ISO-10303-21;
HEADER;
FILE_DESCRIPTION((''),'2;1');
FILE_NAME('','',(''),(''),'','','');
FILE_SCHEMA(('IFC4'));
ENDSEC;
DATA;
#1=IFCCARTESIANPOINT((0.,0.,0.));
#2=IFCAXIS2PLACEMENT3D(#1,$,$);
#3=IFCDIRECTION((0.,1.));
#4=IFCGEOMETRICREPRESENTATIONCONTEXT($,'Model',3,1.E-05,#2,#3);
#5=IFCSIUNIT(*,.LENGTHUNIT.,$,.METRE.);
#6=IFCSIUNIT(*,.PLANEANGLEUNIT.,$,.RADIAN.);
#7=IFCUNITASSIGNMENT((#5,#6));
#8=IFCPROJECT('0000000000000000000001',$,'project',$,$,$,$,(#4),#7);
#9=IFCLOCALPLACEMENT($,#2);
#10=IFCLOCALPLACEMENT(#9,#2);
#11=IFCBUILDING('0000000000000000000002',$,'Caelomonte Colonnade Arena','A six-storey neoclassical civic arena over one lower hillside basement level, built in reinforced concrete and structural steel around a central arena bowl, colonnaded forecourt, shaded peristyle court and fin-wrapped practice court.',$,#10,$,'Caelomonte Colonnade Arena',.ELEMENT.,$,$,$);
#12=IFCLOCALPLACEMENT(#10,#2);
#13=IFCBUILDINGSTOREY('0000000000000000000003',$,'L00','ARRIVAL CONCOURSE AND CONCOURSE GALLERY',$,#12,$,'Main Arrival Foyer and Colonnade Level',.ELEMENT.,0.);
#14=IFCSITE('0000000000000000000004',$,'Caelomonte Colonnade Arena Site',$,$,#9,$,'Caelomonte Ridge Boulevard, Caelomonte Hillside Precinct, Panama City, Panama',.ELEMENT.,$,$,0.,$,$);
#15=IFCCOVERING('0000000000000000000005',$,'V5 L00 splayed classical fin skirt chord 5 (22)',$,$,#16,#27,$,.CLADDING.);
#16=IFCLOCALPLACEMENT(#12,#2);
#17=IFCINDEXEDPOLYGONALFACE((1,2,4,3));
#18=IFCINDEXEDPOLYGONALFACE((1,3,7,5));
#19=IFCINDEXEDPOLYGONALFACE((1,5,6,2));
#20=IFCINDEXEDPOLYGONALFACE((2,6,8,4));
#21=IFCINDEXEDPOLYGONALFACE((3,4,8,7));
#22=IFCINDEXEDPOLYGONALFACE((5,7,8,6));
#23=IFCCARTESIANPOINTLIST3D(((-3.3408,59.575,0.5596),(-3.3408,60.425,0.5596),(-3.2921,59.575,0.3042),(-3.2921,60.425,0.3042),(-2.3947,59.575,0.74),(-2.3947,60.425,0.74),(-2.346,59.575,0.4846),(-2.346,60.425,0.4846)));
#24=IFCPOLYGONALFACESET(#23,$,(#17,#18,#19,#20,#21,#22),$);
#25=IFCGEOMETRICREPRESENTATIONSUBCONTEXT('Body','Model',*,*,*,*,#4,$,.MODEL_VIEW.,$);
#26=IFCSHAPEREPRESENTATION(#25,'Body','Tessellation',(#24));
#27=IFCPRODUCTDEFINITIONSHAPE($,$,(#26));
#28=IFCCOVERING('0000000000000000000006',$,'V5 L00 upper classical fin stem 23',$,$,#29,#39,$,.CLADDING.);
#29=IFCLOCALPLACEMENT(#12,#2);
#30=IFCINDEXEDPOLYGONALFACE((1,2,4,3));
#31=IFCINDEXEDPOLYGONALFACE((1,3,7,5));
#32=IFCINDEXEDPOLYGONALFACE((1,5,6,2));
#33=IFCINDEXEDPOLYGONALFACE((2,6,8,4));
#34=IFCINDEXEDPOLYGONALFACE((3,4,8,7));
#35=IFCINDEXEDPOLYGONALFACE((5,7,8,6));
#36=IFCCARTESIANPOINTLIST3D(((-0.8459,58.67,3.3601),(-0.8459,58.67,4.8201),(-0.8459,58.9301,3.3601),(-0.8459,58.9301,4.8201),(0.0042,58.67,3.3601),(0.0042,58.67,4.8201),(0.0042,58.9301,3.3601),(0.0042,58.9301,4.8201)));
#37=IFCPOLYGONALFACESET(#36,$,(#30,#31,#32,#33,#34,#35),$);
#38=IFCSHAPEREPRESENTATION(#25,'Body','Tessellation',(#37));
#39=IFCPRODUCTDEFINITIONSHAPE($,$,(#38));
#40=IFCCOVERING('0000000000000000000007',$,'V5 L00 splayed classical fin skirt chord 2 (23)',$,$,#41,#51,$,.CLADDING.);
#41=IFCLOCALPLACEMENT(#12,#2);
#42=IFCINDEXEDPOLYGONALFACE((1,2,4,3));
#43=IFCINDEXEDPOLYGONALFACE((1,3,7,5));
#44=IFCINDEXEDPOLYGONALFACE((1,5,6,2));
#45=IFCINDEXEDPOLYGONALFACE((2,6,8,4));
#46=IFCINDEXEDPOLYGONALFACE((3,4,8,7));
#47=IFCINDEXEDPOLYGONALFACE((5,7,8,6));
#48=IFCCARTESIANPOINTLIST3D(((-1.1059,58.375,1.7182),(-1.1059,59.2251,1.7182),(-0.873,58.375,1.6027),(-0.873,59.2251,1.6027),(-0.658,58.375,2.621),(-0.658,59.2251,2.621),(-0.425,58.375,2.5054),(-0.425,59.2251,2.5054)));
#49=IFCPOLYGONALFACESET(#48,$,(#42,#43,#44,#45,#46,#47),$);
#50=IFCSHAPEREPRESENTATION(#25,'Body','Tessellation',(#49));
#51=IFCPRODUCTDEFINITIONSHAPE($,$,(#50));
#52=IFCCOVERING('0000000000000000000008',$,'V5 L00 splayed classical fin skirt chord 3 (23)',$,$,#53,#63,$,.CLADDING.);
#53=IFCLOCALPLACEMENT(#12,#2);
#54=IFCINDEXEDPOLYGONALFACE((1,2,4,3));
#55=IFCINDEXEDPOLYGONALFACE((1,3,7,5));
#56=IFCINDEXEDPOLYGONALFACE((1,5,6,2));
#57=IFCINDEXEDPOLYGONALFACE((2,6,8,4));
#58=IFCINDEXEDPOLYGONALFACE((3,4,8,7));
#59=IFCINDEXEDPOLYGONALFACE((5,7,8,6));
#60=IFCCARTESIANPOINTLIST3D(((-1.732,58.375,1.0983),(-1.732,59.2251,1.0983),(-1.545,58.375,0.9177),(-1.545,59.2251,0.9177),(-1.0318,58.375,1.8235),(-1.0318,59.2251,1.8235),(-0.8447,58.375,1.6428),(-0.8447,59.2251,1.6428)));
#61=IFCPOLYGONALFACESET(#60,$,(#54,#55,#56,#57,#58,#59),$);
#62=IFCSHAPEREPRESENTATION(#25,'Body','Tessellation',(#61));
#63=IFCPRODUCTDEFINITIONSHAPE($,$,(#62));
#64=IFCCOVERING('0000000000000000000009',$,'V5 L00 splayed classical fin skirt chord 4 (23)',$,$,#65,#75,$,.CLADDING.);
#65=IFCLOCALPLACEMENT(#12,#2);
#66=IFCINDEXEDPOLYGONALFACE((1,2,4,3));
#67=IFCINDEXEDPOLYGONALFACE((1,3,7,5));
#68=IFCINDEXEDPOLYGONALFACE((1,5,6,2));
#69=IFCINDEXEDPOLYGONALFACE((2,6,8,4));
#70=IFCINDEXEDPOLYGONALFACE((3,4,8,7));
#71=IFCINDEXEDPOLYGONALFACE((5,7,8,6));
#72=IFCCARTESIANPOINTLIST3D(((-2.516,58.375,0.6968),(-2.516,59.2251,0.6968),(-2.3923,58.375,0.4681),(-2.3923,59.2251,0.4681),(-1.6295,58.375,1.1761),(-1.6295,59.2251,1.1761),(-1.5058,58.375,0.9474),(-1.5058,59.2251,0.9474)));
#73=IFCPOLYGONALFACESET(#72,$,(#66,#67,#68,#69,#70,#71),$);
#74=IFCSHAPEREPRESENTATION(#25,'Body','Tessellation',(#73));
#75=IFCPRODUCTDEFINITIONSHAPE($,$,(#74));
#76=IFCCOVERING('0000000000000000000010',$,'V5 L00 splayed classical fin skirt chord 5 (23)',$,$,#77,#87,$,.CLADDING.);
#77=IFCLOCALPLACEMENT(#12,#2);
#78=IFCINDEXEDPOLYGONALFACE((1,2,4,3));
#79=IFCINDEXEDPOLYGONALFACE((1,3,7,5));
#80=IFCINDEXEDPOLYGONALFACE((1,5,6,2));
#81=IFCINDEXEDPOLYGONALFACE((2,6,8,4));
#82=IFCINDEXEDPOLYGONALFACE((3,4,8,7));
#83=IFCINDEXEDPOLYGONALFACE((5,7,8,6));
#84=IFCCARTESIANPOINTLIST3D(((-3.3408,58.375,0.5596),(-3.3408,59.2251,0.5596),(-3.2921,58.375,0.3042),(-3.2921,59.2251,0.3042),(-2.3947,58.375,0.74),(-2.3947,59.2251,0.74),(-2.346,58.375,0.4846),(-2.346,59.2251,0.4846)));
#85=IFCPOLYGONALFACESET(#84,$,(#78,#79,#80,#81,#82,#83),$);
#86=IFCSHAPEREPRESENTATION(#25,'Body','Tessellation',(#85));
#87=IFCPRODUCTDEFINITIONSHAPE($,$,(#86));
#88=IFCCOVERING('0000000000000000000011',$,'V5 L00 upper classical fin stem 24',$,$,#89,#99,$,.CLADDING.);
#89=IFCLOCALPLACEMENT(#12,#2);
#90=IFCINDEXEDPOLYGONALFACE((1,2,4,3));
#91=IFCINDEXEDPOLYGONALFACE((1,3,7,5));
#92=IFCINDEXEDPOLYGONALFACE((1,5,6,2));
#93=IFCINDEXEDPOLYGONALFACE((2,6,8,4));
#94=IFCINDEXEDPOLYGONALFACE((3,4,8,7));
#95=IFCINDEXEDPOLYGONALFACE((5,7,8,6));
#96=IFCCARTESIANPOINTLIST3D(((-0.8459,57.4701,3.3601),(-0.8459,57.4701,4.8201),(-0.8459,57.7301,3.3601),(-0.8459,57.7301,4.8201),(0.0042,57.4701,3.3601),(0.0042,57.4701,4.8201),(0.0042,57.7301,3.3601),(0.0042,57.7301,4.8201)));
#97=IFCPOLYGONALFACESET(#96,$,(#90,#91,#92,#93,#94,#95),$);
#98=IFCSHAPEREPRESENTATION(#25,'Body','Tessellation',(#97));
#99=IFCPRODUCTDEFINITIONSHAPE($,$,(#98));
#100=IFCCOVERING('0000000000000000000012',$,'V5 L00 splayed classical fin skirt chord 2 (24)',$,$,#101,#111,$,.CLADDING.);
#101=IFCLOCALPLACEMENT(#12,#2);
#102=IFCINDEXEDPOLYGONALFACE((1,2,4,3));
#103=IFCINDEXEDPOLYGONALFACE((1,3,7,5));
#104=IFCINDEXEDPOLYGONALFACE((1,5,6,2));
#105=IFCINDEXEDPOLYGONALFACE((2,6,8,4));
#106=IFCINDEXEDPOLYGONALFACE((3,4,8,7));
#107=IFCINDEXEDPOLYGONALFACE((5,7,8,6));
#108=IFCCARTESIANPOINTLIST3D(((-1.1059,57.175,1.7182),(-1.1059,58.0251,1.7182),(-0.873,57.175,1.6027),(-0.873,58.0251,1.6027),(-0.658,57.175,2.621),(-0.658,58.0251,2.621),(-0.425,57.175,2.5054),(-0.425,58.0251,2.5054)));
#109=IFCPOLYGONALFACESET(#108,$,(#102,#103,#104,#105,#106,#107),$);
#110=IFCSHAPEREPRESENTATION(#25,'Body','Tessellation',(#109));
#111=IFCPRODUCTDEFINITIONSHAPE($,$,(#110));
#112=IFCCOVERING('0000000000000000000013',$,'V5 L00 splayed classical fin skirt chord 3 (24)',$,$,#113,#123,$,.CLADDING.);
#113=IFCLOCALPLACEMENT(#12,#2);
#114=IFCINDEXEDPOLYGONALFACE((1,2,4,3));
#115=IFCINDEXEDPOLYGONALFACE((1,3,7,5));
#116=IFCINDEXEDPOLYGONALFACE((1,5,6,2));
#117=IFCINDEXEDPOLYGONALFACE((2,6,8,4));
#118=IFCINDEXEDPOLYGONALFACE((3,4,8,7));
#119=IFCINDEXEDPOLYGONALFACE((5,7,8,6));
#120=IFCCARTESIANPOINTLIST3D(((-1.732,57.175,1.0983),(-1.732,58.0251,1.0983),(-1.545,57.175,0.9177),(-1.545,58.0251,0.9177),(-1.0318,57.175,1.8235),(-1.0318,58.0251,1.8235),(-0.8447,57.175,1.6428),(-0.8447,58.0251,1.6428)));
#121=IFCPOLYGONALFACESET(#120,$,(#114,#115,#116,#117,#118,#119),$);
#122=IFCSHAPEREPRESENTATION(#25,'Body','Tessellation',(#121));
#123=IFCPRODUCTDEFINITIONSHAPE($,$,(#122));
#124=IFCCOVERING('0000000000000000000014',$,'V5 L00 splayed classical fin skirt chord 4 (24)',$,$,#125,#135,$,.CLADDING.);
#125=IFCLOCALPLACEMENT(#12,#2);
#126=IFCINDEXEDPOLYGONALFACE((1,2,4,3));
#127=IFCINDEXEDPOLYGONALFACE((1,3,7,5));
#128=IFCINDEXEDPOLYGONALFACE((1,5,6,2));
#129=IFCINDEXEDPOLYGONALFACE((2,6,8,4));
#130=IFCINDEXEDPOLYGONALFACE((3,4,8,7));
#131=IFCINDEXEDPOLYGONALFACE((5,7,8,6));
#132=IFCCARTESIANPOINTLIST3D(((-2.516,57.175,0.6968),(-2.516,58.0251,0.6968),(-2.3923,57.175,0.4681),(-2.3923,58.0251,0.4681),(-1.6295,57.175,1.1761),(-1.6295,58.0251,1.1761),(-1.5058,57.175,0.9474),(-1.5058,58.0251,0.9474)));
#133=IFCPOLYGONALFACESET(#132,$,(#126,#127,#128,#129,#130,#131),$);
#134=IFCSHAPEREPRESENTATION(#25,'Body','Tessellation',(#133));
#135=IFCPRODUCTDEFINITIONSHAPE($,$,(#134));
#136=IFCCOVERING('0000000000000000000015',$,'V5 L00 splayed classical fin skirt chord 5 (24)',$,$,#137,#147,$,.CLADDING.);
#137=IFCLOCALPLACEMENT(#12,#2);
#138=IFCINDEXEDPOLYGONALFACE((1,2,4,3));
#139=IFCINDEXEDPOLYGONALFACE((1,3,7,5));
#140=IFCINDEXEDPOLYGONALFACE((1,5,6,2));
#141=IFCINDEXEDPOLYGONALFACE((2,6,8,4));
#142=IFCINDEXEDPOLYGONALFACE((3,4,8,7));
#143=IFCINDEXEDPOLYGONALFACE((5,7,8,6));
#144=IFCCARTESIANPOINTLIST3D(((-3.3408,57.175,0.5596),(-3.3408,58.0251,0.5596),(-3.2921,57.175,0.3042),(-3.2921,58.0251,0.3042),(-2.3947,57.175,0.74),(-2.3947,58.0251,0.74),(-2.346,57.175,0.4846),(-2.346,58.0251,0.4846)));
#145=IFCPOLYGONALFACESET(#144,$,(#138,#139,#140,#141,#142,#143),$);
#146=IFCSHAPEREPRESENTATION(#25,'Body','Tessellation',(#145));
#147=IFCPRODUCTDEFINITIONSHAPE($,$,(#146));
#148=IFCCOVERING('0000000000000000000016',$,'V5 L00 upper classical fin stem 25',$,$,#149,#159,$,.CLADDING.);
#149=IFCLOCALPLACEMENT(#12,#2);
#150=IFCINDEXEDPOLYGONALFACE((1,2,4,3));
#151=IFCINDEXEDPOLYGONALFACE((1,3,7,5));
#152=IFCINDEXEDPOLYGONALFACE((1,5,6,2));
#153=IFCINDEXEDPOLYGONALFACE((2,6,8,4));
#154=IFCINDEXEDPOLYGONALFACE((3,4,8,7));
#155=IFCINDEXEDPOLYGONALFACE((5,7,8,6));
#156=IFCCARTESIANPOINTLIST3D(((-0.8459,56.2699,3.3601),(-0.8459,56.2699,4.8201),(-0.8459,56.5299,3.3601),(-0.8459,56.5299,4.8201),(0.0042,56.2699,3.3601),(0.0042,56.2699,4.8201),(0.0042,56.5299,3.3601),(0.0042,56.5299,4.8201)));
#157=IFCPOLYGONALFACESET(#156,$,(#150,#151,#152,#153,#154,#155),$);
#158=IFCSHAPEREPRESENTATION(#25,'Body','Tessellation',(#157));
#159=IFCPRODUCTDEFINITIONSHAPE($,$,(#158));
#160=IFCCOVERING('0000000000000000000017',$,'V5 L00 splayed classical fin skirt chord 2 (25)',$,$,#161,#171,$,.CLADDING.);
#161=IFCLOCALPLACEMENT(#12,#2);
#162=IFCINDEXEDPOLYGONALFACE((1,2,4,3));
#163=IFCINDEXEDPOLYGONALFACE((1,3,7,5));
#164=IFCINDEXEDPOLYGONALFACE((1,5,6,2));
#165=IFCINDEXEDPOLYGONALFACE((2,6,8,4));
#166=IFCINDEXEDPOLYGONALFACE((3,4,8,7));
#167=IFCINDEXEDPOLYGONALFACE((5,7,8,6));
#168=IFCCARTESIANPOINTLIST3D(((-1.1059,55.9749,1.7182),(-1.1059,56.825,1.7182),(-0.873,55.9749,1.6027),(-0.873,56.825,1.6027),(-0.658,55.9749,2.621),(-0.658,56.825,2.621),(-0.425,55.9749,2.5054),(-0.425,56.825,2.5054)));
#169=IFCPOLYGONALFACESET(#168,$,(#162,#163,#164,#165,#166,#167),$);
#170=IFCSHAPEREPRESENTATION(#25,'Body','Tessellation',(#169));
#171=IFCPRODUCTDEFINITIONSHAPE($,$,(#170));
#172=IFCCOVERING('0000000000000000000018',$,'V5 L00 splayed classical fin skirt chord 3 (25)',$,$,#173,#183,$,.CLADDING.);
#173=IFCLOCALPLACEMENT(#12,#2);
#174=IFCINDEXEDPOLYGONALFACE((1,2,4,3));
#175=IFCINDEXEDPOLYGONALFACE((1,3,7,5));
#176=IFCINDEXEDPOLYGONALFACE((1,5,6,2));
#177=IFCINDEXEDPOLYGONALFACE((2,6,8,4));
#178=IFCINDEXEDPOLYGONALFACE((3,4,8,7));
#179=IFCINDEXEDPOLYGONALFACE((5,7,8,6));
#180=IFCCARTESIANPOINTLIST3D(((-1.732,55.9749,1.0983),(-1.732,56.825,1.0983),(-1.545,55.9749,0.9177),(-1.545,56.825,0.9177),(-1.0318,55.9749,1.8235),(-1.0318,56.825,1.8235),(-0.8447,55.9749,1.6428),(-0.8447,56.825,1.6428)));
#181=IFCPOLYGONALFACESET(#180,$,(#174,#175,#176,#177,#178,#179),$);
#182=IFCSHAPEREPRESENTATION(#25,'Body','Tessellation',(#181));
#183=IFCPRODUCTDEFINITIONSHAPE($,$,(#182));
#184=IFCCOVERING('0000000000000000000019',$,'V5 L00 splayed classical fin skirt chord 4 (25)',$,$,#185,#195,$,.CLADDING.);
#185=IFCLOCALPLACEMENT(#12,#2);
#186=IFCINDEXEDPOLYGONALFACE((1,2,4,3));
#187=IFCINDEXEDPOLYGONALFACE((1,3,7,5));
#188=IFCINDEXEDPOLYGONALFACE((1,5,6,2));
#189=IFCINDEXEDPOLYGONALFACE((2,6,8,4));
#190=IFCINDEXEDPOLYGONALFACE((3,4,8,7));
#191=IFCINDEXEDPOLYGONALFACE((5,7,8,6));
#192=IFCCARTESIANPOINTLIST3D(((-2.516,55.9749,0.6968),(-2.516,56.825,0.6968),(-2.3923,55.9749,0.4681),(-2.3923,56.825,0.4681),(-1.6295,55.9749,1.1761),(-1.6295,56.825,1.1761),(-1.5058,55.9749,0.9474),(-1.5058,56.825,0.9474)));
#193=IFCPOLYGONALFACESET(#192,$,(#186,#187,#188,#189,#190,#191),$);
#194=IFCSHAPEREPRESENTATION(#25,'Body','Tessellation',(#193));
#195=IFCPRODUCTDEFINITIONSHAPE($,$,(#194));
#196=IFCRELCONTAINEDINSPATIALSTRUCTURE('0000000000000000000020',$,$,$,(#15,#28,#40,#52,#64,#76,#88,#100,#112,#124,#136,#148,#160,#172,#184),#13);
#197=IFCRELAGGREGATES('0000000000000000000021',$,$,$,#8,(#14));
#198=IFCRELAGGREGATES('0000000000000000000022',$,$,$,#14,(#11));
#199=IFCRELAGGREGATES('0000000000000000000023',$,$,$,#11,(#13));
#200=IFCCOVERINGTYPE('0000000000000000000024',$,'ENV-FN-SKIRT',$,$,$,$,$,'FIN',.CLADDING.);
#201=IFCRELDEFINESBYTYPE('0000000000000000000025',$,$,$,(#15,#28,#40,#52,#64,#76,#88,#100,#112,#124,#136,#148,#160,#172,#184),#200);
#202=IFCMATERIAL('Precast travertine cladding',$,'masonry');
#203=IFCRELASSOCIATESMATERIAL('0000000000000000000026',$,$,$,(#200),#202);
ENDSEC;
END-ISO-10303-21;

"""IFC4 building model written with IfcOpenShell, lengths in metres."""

from ifc_helpers import new_model, si_unit, direction, frame, origin, origin_2d, place, context, subcontext, project, spatial, rectangle, extrude, material, material_profile, profile_set, type_object, element, save


model = new_model("IFC4")

# Units and contexts
model_context = context("Model", 3, precision=1e-05, world=origin(), true_north=direction((0.0, 1.0)))
body_context = subcontext(model_context, "Body", "Model", "MODEL_VIEW")
ifc_project = project(units=[si_unit("LENGTHUNIT", "METRE"), si_unit("PLANEANGLEUNIT", "RADIAN")], contexts=[model_context])

# Site, building, storey
site_placement = place(None, origin())
site = spatial("IfcSite", under=ifc_project, at=site_placement, Name="Caelomonte Colonnade Arena Site", LongName="Caelomonte Ridge Boulevard, Caelomonte Hillside Precinct, Panama City, Panama", CompositionType="ELEMENT", RefElevation=0.0)
building_placement = place(site_placement, origin())
building = spatial("IfcBuilding", under=site, at=building_placement, Name="Caelomonte Colonnade Arena", Description="A six-storey neoclassical civic arena over one lower hillside basement level, built in reinforced concrete and structural steel around a central arena bowl, colonnaded forecourt, shaded peristyle court and fin-wrapped practice court.", LongName="Caelomonte Colonnade Arena", CompositionType="ELEMENT")
storey_placement = place(building_placement, origin())
storey = spatial("IfcBuildingStorey", under=building, at=storey_placement, Name="L00", Description="ARRIVAL CONCOURSE AND CONCOURSE GALLERY", LongName="Main Arrival Foyer and Colonnade Level", CompositionType="ELEMENT", Elevation=0.0)

# Coverings
ifc_material = material(Name="Precast travertine cladding", Category="masonry")
ifc_material_profile = material_profile(ifc_material, rectangle(XDim=0.26, YDim=0.8501, at=origin_2d()), Name="FIN260X850")
ifc_profile_set = profile_set([ifc_material_profile], Name="Precast travertine cladding")
covering_type = type_object("IfcCoveringType", Name="ENV-FN-SKIRT", ElementType="FIN", PredefinedType="CLADDING", material=ifc_profile_set)
covering_1_placement = place(storey_placement, frame((-2.3704, 60.0, 0.6123), z_axis=(-0.982296, 0.0, -0.187333), x_axis=(-0.187333, 0.0, 0.982296)))
element("IfcCovering", 1, at=covering_1_placement, inside=storey, type_object=covering_type, Name="V5 L00 splayed classical fin skirt chord 5 (22)", PredefinedType="CLADDING", context=body_context, shape_type="SweptSolid", body=[
    extrude(rectangle(XDim=0.26, YDim=0.8501, at=origin_2d()), origin(), (0.0, 0.0, 1.0), 0.9631),
])
covering_2_placement = place(storey_placement, frame((-0.4209, 58.8, 3.3601), z_axis=(0.0, 0.0, 1.0), x_axis=(0.0, 1.0, 0.0)))
element("IfcCovering", 2, at=covering_2_placement, inside=storey, type_object=covering_type, Name="V5 L00 upper classical fin stem 23", PredefinedType="CLADDING", context=body_context, shape_type="SweptSolid", body=[
    extrude(rectangle(XDim=0.26, YDim=0.8501, at=origin_2d()), origin(), (0.0, 0.0, 1.0), 1.46),
])
covering_3_placement = place(storey_placement, frame((-0.5415, 58.8, 2.5632), z_axis=(-0.444499, 0.0, -0.89578), x_axis=(-0.89578, 0.0, 0.444499)))
element("IfcCovering", 3, at=covering_3_placement, inside=storey, type_object=covering_type, Name="V5 L00 splayed classical fin skirt chord 2 (23)", PredefinedType="CLADDING", context=body_context, shape_type="SweptSolid", body=[
    extrude(rectangle(XDim=0.26, YDim=0.8501, at=origin_2d()), origin(), (0.0, 0.0, 1.0), 1.0078),
])
covering_4_placement = place(storey_placement, frame((-0.9382, 58.8, 1.7332), z_axis=(-0.694646, 0.0, -0.719351), x_axis=(-0.719351, 0.0, 0.694646)))
element("IfcCovering", 4, at=covering_4_placement, inside=storey, type_object=covering_type, Name="V5 L00 splayed classical fin skirt chord 3 (23)", PredefinedType="CLADDING", context=body_context, shape_type="SweptSolid", body=[
    extrude(rectangle(XDim=0.26, YDim=0.8501, at=origin_2d()), origin(), (0.0, 0.0, 1.0), 1.0081),
])
covering_5_placement = place(storey_placement, frame((-1.5676, 58.8, 1.0618), z_axis=(-0.879676, 0.0, -0.475573), x_axis=(-0.475573, 0.0, 0.879676)))
element("IfcCovering", 5, at=covering_5_placement, inside=storey, type_object=covering_type, Name="V5 L00 splayed classical fin skirt chord 4 (23)", PredefinedType="CLADDING", context=body_context, shape_type="SweptSolid", body=[
    extrude(rectangle(XDim=0.26, YDim=0.8501, at=origin_2d()), origin(), (0.0, 0.0, 1.0), 1.0078),
])
covering_6_placement = place(storey_placement, frame((-2.3704, 58.8, 0.6123), z_axis=(-0.982296, 0.0, -0.187333), x_axis=(-0.187333, 0.0, 0.982296)))
element("IfcCovering", 6, at=covering_6_placement, inside=storey, type_object=covering_type, Name="V5 L00 splayed classical fin skirt chord 5 (23)", PredefinedType="CLADDING", context=body_context, shape_type="SweptSolid", body=[
    extrude(rectangle(XDim=0.26, YDim=0.8501, at=origin_2d()), origin(), (0.0, 0.0, 1.0), 0.9631),
])
covering_7_placement = place(storey_placement, frame((-0.4209, 57.6001, 3.3601), z_axis=(0.0, 0.0, 1.0), x_axis=(0.0, 1.0, 0.0)))
element("IfcCovering", 7, at=covering_7_placement, inside=storey, type_object=covering_type, Name="V5 L00 upper classical fin stem 24", PredefinedType="CLADDING", context=body_context, shape_type="SweptSolid", body=[
    extrude(rectangle(XDim=0.26, YDim=0.8501, at=origin_2d()), origin(), (0.0, 0.0, 1.0), 1.46),
])
covering_8_placement = place(storey_placement, frame((-0.5415, 57.6001, 2.5632), z_axis=(-0.444499, 0.0, -0.89578), x_axis=(-0.89578, 0.0, 0.444499)))
element("IfcCovering", 8, at=covering_8_placement, inside=storey, type_object=covering_type, Name="V5 L00 splayed classical fin skirt chord 2 (24)", PredefinedType="CLADDING", context=body_context, shape_type="SweptSolid", body=[
    extrude(rectangle(XDim=0.26, YDim=0.8501, at=origin_2d()), origin(), (0.0, 0.0, 1.0), 1.0078),
])
covering_9_placement = place(storey_placement, frame((-0.9382, 57.6001, 1.7332), z_axis=(-0.694646, 0.0, -0.719351), x_axis=(-0.719351, 0.0, 0.694646)))
element("IfcCovering", 9, at=covering_9_placement, inside=storey, type_object=covering_type, Name="V5 L00 splayed classical fin skirt chord 3 (24)", PredefinedType="CLADDING", context=body_context, shape_type="SweptSolid", body=[
    extrude(rectangle(XDim=0.26, YDim=0.8501, at=origin_2d()), origin(), (0.0, 0.0, 1.0), 1.0081),
])
covering_10_placement = place(storey_placement, frame((-1.5676, 57.6001, 1.0618), z_axis=(-0.879676, 0.0, -0.475573), x_axis=(-0.475573, 0.0, 0.879676)))
element("IfcCovering", 10, at=covering_10_placement, inside=storey, type_object=covering_type, Name="V5 L00 splayed classical fin skirt chord 4 (24)", PredefinedType="CLADDING", context=body_context, shape_type="SweptSolid", body=[
    extrude(rectangle(XDim=0.26, YDim=0.8501, at=origin_2d()), origin(), (0.0, 0.0, 1.0), 1.0078),
])
covering_11_placement = place(storey_placement, frame((-2.3704, 57.6001, 0.6123), z_axis=(-0.982296, 0.0, -0.187333), x_axis=(-0.187333, 0.0, 0.982296)))
element("IfcCovering", 11, at=covering_11_placement, inside=storey, type_object=covering_type, Name="V5 L00 splayed classical fin skirt chord 5 (24)", PredefinedType="CLADDING", context=body_context, shape_type="SweptSolid", body=[
    extrude(rectangle(XDim=0.26, YDim=0.8501, at=origin_2d()), origin(), (0.0, 0.0, 1.0), 0.9631),
])
covering_12_placement = place(storey_placement, frame((-0.4209, 56.3999, 3.3601), z_axis=(0.0, 0.0, 1.0), x_axis=(0.0, 1.0, 0.0)))
element("IfcCovering", 12, at=covering_12_placement, inside=storey, type_object=covering_type, Name="V5 L00 upper classical fin stem 25", PredefinedType="CLADDING", context=body_context, shape_type="SweptSolid", body=[
    extrude(rectangle(XDim=0.26, YDim=0.8501, at=origin_2d()), origin(), (0.0, 0.0, 1.0), 1.46),
])
covering_13_placement = place(storey_placement, frame((-0.5415, 56.3999, 2.5632), z_axis=(-0.444499, 0.0, -0.89578), x_axis=(-0.89578, 0.0, 0.444499)))
element("IfcCovering", 13, at=covering_13_placement, inside=storey, type_object=covering_type, Name="V5 L00 splayed classical fin skirt chord 2 (25)", PredefinedType="CLADDING", context=body_context, shape_type="SweptSolid", body=[
    extrude(rectangle(XDim=0.26, YDim=0.8501, at=origin_2d()), origin(), (0.0, 0.0, 1.0), 1.0078),
])
covering_14_placement = place(storey_placement, frame((-0.9382, 56.3999, 1.7332), z_axis=(-0.694646, 0.0, -0.719351), x_axis=(-0.719351, 0.0, 0.694646)))
element("IfcCovering", 14, at=covering_14_placement, inside=storey, type_object=covering_type, Name="V5 L00 splayed classical fin skirt chord 3 (25)", PredefinedType="CLADDING", context=body_context, shape_type="SweptSolid", body=[
    extrude(rectangle(XDim=0.26, YDim=0.8501, at=origin_2d()), origin(), (0.0, 0.0, 1.0), 1.0081),
])
covering_15_placement = place(storey_placement, frame((-1.5676, 56.3999, 1.0618), z_axis=(-0.879676, 0.0, -0.475573), x_axis=(-0.475573, 0.0, 0.879676)))
element("IfcCovering", 15, at=covering_15_placement, inside=storey, type_object=covering_type, Name="V5 L00 splayed classical fin skirt chord 4 (25)", PredefinedType="CLADDING", context=body_context, shape_type="SweptSolid", body=[
    extrude(rectangle(XDim=0.26, YDim=0.8501, at=origin_2d()), origin(), (0.0, 0.0, 1.0), 1.0078),
])

save(model, "model.ifc")
